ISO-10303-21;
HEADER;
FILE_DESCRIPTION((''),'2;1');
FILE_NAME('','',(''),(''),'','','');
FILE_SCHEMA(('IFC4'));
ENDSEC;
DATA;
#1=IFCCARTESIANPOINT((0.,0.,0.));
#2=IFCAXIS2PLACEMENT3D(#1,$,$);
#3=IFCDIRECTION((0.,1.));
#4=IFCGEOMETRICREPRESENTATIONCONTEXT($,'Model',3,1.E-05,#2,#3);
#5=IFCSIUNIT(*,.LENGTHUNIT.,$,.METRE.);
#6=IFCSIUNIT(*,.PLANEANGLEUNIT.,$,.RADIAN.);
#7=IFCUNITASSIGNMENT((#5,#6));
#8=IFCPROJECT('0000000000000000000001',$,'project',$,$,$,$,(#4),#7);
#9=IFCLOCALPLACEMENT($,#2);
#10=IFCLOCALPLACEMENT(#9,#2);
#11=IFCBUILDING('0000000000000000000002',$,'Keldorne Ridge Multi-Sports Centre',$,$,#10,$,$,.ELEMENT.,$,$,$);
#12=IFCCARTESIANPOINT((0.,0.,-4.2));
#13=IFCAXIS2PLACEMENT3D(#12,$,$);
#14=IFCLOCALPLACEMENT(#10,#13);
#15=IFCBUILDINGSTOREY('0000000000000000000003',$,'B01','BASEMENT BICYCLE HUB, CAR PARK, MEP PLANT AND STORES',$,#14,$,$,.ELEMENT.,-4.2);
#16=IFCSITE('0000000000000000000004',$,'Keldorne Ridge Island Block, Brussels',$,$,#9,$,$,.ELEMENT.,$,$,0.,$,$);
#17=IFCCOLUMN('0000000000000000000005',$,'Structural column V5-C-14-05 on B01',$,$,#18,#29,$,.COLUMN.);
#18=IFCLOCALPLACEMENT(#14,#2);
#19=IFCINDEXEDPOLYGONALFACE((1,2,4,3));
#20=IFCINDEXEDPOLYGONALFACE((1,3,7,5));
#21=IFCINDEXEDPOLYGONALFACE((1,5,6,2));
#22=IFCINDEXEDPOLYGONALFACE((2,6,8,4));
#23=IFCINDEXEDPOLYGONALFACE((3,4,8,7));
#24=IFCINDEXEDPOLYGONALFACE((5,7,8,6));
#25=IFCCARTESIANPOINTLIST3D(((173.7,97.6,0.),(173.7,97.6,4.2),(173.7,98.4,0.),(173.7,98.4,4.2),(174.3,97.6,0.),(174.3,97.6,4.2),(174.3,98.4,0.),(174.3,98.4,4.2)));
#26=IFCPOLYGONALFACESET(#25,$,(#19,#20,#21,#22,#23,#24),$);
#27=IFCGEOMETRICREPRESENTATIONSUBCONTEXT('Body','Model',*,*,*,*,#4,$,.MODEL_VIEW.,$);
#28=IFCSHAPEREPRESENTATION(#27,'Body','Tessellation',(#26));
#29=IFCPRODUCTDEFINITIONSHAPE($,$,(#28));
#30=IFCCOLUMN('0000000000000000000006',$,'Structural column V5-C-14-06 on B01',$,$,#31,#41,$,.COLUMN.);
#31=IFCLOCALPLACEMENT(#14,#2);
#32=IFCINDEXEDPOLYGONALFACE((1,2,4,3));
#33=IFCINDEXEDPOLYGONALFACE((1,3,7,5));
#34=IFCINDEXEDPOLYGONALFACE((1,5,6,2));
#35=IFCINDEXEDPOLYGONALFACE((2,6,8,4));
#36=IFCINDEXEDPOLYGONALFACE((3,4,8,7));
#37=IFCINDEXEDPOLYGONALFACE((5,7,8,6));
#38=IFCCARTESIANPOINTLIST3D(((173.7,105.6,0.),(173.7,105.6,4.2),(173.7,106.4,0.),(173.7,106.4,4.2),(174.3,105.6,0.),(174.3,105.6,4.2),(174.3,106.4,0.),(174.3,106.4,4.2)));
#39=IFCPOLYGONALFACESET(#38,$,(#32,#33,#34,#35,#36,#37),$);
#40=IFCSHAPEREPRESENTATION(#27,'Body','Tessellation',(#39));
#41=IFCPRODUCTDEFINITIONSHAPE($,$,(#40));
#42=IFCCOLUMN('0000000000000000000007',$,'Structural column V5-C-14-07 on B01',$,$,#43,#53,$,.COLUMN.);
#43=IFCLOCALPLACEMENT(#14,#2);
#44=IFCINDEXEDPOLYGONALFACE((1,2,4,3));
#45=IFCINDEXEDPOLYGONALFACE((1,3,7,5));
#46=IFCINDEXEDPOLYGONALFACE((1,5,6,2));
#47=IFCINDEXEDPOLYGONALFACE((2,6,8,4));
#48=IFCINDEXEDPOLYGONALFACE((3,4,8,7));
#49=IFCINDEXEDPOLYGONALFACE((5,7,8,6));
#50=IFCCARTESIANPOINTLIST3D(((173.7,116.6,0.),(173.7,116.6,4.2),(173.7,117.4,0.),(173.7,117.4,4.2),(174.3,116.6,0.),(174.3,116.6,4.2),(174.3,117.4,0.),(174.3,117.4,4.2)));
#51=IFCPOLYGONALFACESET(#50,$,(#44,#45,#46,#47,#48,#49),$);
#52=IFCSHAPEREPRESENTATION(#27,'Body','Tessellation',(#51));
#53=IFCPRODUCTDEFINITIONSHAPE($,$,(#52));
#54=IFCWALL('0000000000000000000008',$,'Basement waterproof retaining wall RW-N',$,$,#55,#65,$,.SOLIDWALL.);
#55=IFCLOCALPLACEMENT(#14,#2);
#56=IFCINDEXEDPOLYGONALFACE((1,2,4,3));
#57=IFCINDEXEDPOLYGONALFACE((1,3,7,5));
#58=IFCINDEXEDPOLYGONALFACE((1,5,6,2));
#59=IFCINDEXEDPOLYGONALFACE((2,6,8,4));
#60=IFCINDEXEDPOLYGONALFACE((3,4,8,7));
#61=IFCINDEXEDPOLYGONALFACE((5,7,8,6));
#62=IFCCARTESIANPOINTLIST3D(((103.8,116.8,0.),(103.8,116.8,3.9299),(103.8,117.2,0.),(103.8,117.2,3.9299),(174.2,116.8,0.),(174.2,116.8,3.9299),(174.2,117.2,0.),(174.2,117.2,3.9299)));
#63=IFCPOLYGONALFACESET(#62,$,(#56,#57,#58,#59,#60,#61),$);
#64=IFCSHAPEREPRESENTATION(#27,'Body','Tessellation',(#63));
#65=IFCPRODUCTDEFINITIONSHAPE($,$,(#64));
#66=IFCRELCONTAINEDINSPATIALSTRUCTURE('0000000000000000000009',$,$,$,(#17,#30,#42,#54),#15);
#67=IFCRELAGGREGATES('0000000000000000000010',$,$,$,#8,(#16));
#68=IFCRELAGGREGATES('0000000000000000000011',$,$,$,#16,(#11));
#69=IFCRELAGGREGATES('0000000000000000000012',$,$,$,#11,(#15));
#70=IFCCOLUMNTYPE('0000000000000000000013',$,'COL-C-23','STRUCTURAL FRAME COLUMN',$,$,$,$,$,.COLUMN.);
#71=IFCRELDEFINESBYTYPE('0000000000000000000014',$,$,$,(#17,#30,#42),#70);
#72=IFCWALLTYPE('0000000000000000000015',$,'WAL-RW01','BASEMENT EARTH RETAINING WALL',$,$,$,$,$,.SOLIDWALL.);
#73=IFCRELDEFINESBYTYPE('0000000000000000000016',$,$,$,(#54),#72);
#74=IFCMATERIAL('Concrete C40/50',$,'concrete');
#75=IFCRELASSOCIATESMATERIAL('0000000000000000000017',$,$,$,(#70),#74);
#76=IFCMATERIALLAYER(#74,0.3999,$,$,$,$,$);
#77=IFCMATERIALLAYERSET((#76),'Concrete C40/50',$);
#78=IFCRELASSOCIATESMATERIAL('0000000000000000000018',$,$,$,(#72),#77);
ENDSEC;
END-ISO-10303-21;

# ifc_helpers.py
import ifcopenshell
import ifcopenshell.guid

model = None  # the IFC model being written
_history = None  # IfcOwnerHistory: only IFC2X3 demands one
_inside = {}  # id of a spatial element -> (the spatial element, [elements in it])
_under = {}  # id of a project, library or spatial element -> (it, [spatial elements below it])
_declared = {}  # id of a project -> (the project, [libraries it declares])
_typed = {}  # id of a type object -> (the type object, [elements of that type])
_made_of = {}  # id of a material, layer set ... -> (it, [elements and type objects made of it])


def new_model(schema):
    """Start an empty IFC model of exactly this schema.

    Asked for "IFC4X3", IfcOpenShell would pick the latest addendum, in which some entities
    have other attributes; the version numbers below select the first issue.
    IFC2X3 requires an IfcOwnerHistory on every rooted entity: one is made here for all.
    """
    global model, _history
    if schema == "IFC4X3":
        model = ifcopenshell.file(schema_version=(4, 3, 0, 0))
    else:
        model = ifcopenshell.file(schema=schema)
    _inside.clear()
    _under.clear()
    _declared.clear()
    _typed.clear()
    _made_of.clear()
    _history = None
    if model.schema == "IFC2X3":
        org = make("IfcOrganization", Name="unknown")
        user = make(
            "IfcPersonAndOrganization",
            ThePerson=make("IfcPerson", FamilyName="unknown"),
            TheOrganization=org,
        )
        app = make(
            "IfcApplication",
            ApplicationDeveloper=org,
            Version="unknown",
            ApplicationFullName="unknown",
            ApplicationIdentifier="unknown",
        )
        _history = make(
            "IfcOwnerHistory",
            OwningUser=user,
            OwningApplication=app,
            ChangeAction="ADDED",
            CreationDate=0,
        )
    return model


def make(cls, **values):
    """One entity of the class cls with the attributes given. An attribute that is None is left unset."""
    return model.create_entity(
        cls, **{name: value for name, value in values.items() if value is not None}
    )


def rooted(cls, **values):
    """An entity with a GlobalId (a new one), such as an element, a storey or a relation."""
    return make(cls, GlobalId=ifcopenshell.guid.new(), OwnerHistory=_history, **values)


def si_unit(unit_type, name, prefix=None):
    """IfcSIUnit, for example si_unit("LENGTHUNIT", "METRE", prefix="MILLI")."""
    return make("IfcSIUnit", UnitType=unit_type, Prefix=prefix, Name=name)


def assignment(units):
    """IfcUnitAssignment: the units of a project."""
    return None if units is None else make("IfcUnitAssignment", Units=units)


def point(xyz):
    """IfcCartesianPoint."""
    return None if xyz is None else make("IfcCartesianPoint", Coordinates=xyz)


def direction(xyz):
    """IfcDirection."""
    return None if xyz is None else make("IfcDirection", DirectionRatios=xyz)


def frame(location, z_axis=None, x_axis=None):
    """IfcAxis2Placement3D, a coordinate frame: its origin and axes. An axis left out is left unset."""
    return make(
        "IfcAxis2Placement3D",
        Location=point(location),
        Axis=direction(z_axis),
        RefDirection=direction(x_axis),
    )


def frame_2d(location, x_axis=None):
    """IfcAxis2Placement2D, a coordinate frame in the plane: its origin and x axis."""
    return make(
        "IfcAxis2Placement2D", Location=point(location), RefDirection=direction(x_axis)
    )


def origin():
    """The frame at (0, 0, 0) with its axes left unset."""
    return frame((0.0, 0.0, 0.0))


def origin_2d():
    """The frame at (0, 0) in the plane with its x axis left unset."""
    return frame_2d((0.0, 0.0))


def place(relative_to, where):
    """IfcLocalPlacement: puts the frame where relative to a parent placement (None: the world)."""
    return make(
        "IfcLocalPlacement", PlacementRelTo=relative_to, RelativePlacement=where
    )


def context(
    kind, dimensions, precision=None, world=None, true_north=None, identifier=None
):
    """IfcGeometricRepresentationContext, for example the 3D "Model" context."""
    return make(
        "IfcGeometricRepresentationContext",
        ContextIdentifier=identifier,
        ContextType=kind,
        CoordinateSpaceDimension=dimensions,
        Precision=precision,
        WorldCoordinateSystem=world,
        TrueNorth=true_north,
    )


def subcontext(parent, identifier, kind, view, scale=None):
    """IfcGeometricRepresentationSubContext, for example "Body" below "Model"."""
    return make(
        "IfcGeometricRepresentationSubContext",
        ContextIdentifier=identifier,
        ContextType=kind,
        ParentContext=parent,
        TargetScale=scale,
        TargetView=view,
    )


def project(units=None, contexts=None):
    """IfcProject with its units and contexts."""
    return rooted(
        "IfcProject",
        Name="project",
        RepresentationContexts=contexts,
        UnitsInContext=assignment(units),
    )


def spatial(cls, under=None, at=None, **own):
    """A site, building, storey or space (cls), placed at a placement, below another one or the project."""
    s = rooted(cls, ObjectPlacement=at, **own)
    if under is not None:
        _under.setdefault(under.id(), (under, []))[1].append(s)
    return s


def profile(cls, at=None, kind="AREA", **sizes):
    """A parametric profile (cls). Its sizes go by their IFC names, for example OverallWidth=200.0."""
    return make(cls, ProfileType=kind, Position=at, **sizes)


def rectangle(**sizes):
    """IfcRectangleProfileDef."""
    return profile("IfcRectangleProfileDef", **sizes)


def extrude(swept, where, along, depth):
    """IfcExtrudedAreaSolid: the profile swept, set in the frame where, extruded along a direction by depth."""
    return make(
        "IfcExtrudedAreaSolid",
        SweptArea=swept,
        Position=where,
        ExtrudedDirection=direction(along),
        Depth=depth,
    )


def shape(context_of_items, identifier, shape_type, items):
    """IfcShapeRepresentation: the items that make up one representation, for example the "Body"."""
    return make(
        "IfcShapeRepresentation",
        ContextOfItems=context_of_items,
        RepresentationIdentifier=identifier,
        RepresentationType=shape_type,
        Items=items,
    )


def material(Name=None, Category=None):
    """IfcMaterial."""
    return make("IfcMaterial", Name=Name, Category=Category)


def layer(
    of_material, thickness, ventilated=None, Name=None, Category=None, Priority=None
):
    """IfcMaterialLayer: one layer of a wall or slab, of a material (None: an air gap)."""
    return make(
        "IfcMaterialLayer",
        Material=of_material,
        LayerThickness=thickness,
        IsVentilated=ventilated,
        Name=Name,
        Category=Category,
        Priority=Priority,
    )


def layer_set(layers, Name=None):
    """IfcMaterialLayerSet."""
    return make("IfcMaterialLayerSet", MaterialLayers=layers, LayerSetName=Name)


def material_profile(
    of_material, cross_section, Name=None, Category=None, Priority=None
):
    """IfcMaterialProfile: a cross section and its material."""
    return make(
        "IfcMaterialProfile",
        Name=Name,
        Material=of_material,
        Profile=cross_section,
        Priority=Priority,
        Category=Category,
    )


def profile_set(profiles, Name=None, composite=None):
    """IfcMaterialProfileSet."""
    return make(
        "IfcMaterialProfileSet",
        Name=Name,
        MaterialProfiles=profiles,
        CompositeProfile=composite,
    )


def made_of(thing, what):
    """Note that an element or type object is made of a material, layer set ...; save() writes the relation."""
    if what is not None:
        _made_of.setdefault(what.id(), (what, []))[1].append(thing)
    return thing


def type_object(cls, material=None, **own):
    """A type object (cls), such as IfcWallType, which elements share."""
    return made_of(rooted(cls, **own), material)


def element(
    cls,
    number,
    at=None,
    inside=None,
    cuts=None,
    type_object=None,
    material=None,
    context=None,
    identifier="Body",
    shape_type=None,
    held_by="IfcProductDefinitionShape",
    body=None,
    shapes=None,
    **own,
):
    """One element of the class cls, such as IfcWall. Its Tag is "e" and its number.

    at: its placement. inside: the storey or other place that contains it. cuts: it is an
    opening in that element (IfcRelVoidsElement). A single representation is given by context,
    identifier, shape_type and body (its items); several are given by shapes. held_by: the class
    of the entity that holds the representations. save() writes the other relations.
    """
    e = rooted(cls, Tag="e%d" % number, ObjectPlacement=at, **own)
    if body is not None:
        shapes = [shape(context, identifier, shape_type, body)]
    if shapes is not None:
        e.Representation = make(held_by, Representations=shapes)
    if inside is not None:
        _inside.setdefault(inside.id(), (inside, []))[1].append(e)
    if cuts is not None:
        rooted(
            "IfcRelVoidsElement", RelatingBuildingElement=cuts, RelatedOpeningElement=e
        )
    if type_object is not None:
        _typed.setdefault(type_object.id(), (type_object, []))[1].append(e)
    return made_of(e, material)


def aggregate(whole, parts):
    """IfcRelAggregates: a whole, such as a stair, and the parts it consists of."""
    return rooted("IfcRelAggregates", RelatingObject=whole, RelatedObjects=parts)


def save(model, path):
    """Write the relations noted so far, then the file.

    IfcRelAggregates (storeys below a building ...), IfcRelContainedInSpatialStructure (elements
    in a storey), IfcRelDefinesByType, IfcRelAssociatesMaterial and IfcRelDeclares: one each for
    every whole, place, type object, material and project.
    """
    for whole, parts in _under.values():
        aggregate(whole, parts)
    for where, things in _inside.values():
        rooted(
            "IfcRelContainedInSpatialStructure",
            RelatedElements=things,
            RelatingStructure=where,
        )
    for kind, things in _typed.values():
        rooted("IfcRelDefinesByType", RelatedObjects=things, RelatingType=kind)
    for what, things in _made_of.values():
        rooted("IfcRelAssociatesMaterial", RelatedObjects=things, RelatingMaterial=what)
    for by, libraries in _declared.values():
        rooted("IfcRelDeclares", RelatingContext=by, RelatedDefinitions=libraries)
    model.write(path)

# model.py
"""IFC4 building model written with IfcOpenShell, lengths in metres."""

from ifc_helpers import new_model, si_unit, direction, frame, frame_2d, origin, origin_2d, place, context, subcontext, project, spatial, rectangle, extrude, material, layer, layer_set, material_profile, profile_set, type_object, element, save


model = new_model("IFC4")

# Units and contexts
model_context = context("Model", 3, precision=1e-05, world=origin(), true_north=direction((0.0, 1.0)))
body_context = subcontext(model_context, "Body", "Model", "MODEL_VIEW")
ifc_project = project(units=[si_unit("LENGTHUNIT", "METRE"), si_unit("PLANEANGLEUNIT", "RADIAN")], contexts=[model_context])

# Site, building, storey
site_placement = place(None, origin())
site = spatial("IfcSite", under=ifc_project, at=site_placement, Name="Keldorne Ridge Island Block, Brussels", CompositionType="ELEMENT", RefElevation=0.0)
building_placement = place(site_placement, origin())
building = spatial("IfcBuilding", under=site, at=building_placement, Name="Keldorne Ridge Multi-Sports Centre", CompositionType="ELEMENT")
storey_placement = place(building_placement, frame((0.0, 0.0, -4.2)))
storey = spatial("IfcBuildingStorey", under=building, at=storey_placement, Name="B01", Description="BASEMENT BICYCLE HUB, CAR PARK, MEP PLANT AND STORES", CompositionType="ELEMENT", Elevation=-4.2)

# Columns
ifc_material_1 = material(Name="Concrete C40/50", Category="concrete")
ifc_material_profile_1 = material_profile(ifc_material_1, rectangle(XDim=0.6001, YDim=0.8, at=origin_2d()), Name="RC 600x800")
ifc_profile_set_1 = profile_set([ifc_material_profile_1], Name="Concrete C40/50")
column_type_1 = type_object("IfcColumnType", Name="COL-C-23", Description="STRUCTURAL FRAME COLUMN", PredefinedType="COLUMN", material=ifc_profile_set_1)
for number, where, z_axis, x_axis, name in (
    (1, (174.0, 98.0, 0.0), (0.0, 0.0, 1.0), (1.0, 0.0, 0.0), "Structural column V5-C-14-05 on B01"),
    (2, (174.0, 106.0, 0.0), (0.0, 0.0, 1.0), (1.0, 0.0, 0.0), "Structural column V5-C-14-06 on B01"),
    (3, (174.0, 117.0, 0.0), (0.0, 0.0, 1.0), (1.0, 0.0, 0.0), "Structural column V5-C-14-07 on B01"),
):
    element("IfcColumn", number, at=place(storey_placement, frame(where, z_axis=z_axis, x_axis=x_axis)), inside=storey, type_object=column_type_1, Name=name, PredefinedType="COLUMN", context=body_context, shape_type="SweptSolid", body=[
        extrude(rectangle(XDim=0.6001, YDim=0.8, at=origin_2d()), origin(), (0.0, 0.0, 1.0), 4.2),
    ])

# Wall
ifc_layer = layer(ifc_material_1, 0.3999)
ifc_layer_set = layer_set([ifc_layer], Name="Concrete C40/50")
wall_type = type_object("IfcWallType", Name="WAL-RW01", Description="BASEMENT EARTH RETAINING WALL", PredefinedType="SOLIDWALL", material=ifc_layer_set)
wall_placement = place(storey_placement, frame((174.2, 117.0, 0.0), z_axis=(0.0, 0.0, 1.0), x_axis=(-1.0, 0.0, 0.0)))
element("IfcWall", 4, at=wall_placement, inside=storey, type_object=wall_type, Name="Basement waterproof retaining wall RW-N", PredefinedType="SOLIDWALL", context=body_context, shape_type="SweptSolid", body=[
    extrude(rectangle(XDim=70.3999, YDim=0.3999, at=frame_2d((35.2, 0.0))), origin(), (0.0, 0.0, 1.0), 3.9299),
])

save(model, "model.ifc")
